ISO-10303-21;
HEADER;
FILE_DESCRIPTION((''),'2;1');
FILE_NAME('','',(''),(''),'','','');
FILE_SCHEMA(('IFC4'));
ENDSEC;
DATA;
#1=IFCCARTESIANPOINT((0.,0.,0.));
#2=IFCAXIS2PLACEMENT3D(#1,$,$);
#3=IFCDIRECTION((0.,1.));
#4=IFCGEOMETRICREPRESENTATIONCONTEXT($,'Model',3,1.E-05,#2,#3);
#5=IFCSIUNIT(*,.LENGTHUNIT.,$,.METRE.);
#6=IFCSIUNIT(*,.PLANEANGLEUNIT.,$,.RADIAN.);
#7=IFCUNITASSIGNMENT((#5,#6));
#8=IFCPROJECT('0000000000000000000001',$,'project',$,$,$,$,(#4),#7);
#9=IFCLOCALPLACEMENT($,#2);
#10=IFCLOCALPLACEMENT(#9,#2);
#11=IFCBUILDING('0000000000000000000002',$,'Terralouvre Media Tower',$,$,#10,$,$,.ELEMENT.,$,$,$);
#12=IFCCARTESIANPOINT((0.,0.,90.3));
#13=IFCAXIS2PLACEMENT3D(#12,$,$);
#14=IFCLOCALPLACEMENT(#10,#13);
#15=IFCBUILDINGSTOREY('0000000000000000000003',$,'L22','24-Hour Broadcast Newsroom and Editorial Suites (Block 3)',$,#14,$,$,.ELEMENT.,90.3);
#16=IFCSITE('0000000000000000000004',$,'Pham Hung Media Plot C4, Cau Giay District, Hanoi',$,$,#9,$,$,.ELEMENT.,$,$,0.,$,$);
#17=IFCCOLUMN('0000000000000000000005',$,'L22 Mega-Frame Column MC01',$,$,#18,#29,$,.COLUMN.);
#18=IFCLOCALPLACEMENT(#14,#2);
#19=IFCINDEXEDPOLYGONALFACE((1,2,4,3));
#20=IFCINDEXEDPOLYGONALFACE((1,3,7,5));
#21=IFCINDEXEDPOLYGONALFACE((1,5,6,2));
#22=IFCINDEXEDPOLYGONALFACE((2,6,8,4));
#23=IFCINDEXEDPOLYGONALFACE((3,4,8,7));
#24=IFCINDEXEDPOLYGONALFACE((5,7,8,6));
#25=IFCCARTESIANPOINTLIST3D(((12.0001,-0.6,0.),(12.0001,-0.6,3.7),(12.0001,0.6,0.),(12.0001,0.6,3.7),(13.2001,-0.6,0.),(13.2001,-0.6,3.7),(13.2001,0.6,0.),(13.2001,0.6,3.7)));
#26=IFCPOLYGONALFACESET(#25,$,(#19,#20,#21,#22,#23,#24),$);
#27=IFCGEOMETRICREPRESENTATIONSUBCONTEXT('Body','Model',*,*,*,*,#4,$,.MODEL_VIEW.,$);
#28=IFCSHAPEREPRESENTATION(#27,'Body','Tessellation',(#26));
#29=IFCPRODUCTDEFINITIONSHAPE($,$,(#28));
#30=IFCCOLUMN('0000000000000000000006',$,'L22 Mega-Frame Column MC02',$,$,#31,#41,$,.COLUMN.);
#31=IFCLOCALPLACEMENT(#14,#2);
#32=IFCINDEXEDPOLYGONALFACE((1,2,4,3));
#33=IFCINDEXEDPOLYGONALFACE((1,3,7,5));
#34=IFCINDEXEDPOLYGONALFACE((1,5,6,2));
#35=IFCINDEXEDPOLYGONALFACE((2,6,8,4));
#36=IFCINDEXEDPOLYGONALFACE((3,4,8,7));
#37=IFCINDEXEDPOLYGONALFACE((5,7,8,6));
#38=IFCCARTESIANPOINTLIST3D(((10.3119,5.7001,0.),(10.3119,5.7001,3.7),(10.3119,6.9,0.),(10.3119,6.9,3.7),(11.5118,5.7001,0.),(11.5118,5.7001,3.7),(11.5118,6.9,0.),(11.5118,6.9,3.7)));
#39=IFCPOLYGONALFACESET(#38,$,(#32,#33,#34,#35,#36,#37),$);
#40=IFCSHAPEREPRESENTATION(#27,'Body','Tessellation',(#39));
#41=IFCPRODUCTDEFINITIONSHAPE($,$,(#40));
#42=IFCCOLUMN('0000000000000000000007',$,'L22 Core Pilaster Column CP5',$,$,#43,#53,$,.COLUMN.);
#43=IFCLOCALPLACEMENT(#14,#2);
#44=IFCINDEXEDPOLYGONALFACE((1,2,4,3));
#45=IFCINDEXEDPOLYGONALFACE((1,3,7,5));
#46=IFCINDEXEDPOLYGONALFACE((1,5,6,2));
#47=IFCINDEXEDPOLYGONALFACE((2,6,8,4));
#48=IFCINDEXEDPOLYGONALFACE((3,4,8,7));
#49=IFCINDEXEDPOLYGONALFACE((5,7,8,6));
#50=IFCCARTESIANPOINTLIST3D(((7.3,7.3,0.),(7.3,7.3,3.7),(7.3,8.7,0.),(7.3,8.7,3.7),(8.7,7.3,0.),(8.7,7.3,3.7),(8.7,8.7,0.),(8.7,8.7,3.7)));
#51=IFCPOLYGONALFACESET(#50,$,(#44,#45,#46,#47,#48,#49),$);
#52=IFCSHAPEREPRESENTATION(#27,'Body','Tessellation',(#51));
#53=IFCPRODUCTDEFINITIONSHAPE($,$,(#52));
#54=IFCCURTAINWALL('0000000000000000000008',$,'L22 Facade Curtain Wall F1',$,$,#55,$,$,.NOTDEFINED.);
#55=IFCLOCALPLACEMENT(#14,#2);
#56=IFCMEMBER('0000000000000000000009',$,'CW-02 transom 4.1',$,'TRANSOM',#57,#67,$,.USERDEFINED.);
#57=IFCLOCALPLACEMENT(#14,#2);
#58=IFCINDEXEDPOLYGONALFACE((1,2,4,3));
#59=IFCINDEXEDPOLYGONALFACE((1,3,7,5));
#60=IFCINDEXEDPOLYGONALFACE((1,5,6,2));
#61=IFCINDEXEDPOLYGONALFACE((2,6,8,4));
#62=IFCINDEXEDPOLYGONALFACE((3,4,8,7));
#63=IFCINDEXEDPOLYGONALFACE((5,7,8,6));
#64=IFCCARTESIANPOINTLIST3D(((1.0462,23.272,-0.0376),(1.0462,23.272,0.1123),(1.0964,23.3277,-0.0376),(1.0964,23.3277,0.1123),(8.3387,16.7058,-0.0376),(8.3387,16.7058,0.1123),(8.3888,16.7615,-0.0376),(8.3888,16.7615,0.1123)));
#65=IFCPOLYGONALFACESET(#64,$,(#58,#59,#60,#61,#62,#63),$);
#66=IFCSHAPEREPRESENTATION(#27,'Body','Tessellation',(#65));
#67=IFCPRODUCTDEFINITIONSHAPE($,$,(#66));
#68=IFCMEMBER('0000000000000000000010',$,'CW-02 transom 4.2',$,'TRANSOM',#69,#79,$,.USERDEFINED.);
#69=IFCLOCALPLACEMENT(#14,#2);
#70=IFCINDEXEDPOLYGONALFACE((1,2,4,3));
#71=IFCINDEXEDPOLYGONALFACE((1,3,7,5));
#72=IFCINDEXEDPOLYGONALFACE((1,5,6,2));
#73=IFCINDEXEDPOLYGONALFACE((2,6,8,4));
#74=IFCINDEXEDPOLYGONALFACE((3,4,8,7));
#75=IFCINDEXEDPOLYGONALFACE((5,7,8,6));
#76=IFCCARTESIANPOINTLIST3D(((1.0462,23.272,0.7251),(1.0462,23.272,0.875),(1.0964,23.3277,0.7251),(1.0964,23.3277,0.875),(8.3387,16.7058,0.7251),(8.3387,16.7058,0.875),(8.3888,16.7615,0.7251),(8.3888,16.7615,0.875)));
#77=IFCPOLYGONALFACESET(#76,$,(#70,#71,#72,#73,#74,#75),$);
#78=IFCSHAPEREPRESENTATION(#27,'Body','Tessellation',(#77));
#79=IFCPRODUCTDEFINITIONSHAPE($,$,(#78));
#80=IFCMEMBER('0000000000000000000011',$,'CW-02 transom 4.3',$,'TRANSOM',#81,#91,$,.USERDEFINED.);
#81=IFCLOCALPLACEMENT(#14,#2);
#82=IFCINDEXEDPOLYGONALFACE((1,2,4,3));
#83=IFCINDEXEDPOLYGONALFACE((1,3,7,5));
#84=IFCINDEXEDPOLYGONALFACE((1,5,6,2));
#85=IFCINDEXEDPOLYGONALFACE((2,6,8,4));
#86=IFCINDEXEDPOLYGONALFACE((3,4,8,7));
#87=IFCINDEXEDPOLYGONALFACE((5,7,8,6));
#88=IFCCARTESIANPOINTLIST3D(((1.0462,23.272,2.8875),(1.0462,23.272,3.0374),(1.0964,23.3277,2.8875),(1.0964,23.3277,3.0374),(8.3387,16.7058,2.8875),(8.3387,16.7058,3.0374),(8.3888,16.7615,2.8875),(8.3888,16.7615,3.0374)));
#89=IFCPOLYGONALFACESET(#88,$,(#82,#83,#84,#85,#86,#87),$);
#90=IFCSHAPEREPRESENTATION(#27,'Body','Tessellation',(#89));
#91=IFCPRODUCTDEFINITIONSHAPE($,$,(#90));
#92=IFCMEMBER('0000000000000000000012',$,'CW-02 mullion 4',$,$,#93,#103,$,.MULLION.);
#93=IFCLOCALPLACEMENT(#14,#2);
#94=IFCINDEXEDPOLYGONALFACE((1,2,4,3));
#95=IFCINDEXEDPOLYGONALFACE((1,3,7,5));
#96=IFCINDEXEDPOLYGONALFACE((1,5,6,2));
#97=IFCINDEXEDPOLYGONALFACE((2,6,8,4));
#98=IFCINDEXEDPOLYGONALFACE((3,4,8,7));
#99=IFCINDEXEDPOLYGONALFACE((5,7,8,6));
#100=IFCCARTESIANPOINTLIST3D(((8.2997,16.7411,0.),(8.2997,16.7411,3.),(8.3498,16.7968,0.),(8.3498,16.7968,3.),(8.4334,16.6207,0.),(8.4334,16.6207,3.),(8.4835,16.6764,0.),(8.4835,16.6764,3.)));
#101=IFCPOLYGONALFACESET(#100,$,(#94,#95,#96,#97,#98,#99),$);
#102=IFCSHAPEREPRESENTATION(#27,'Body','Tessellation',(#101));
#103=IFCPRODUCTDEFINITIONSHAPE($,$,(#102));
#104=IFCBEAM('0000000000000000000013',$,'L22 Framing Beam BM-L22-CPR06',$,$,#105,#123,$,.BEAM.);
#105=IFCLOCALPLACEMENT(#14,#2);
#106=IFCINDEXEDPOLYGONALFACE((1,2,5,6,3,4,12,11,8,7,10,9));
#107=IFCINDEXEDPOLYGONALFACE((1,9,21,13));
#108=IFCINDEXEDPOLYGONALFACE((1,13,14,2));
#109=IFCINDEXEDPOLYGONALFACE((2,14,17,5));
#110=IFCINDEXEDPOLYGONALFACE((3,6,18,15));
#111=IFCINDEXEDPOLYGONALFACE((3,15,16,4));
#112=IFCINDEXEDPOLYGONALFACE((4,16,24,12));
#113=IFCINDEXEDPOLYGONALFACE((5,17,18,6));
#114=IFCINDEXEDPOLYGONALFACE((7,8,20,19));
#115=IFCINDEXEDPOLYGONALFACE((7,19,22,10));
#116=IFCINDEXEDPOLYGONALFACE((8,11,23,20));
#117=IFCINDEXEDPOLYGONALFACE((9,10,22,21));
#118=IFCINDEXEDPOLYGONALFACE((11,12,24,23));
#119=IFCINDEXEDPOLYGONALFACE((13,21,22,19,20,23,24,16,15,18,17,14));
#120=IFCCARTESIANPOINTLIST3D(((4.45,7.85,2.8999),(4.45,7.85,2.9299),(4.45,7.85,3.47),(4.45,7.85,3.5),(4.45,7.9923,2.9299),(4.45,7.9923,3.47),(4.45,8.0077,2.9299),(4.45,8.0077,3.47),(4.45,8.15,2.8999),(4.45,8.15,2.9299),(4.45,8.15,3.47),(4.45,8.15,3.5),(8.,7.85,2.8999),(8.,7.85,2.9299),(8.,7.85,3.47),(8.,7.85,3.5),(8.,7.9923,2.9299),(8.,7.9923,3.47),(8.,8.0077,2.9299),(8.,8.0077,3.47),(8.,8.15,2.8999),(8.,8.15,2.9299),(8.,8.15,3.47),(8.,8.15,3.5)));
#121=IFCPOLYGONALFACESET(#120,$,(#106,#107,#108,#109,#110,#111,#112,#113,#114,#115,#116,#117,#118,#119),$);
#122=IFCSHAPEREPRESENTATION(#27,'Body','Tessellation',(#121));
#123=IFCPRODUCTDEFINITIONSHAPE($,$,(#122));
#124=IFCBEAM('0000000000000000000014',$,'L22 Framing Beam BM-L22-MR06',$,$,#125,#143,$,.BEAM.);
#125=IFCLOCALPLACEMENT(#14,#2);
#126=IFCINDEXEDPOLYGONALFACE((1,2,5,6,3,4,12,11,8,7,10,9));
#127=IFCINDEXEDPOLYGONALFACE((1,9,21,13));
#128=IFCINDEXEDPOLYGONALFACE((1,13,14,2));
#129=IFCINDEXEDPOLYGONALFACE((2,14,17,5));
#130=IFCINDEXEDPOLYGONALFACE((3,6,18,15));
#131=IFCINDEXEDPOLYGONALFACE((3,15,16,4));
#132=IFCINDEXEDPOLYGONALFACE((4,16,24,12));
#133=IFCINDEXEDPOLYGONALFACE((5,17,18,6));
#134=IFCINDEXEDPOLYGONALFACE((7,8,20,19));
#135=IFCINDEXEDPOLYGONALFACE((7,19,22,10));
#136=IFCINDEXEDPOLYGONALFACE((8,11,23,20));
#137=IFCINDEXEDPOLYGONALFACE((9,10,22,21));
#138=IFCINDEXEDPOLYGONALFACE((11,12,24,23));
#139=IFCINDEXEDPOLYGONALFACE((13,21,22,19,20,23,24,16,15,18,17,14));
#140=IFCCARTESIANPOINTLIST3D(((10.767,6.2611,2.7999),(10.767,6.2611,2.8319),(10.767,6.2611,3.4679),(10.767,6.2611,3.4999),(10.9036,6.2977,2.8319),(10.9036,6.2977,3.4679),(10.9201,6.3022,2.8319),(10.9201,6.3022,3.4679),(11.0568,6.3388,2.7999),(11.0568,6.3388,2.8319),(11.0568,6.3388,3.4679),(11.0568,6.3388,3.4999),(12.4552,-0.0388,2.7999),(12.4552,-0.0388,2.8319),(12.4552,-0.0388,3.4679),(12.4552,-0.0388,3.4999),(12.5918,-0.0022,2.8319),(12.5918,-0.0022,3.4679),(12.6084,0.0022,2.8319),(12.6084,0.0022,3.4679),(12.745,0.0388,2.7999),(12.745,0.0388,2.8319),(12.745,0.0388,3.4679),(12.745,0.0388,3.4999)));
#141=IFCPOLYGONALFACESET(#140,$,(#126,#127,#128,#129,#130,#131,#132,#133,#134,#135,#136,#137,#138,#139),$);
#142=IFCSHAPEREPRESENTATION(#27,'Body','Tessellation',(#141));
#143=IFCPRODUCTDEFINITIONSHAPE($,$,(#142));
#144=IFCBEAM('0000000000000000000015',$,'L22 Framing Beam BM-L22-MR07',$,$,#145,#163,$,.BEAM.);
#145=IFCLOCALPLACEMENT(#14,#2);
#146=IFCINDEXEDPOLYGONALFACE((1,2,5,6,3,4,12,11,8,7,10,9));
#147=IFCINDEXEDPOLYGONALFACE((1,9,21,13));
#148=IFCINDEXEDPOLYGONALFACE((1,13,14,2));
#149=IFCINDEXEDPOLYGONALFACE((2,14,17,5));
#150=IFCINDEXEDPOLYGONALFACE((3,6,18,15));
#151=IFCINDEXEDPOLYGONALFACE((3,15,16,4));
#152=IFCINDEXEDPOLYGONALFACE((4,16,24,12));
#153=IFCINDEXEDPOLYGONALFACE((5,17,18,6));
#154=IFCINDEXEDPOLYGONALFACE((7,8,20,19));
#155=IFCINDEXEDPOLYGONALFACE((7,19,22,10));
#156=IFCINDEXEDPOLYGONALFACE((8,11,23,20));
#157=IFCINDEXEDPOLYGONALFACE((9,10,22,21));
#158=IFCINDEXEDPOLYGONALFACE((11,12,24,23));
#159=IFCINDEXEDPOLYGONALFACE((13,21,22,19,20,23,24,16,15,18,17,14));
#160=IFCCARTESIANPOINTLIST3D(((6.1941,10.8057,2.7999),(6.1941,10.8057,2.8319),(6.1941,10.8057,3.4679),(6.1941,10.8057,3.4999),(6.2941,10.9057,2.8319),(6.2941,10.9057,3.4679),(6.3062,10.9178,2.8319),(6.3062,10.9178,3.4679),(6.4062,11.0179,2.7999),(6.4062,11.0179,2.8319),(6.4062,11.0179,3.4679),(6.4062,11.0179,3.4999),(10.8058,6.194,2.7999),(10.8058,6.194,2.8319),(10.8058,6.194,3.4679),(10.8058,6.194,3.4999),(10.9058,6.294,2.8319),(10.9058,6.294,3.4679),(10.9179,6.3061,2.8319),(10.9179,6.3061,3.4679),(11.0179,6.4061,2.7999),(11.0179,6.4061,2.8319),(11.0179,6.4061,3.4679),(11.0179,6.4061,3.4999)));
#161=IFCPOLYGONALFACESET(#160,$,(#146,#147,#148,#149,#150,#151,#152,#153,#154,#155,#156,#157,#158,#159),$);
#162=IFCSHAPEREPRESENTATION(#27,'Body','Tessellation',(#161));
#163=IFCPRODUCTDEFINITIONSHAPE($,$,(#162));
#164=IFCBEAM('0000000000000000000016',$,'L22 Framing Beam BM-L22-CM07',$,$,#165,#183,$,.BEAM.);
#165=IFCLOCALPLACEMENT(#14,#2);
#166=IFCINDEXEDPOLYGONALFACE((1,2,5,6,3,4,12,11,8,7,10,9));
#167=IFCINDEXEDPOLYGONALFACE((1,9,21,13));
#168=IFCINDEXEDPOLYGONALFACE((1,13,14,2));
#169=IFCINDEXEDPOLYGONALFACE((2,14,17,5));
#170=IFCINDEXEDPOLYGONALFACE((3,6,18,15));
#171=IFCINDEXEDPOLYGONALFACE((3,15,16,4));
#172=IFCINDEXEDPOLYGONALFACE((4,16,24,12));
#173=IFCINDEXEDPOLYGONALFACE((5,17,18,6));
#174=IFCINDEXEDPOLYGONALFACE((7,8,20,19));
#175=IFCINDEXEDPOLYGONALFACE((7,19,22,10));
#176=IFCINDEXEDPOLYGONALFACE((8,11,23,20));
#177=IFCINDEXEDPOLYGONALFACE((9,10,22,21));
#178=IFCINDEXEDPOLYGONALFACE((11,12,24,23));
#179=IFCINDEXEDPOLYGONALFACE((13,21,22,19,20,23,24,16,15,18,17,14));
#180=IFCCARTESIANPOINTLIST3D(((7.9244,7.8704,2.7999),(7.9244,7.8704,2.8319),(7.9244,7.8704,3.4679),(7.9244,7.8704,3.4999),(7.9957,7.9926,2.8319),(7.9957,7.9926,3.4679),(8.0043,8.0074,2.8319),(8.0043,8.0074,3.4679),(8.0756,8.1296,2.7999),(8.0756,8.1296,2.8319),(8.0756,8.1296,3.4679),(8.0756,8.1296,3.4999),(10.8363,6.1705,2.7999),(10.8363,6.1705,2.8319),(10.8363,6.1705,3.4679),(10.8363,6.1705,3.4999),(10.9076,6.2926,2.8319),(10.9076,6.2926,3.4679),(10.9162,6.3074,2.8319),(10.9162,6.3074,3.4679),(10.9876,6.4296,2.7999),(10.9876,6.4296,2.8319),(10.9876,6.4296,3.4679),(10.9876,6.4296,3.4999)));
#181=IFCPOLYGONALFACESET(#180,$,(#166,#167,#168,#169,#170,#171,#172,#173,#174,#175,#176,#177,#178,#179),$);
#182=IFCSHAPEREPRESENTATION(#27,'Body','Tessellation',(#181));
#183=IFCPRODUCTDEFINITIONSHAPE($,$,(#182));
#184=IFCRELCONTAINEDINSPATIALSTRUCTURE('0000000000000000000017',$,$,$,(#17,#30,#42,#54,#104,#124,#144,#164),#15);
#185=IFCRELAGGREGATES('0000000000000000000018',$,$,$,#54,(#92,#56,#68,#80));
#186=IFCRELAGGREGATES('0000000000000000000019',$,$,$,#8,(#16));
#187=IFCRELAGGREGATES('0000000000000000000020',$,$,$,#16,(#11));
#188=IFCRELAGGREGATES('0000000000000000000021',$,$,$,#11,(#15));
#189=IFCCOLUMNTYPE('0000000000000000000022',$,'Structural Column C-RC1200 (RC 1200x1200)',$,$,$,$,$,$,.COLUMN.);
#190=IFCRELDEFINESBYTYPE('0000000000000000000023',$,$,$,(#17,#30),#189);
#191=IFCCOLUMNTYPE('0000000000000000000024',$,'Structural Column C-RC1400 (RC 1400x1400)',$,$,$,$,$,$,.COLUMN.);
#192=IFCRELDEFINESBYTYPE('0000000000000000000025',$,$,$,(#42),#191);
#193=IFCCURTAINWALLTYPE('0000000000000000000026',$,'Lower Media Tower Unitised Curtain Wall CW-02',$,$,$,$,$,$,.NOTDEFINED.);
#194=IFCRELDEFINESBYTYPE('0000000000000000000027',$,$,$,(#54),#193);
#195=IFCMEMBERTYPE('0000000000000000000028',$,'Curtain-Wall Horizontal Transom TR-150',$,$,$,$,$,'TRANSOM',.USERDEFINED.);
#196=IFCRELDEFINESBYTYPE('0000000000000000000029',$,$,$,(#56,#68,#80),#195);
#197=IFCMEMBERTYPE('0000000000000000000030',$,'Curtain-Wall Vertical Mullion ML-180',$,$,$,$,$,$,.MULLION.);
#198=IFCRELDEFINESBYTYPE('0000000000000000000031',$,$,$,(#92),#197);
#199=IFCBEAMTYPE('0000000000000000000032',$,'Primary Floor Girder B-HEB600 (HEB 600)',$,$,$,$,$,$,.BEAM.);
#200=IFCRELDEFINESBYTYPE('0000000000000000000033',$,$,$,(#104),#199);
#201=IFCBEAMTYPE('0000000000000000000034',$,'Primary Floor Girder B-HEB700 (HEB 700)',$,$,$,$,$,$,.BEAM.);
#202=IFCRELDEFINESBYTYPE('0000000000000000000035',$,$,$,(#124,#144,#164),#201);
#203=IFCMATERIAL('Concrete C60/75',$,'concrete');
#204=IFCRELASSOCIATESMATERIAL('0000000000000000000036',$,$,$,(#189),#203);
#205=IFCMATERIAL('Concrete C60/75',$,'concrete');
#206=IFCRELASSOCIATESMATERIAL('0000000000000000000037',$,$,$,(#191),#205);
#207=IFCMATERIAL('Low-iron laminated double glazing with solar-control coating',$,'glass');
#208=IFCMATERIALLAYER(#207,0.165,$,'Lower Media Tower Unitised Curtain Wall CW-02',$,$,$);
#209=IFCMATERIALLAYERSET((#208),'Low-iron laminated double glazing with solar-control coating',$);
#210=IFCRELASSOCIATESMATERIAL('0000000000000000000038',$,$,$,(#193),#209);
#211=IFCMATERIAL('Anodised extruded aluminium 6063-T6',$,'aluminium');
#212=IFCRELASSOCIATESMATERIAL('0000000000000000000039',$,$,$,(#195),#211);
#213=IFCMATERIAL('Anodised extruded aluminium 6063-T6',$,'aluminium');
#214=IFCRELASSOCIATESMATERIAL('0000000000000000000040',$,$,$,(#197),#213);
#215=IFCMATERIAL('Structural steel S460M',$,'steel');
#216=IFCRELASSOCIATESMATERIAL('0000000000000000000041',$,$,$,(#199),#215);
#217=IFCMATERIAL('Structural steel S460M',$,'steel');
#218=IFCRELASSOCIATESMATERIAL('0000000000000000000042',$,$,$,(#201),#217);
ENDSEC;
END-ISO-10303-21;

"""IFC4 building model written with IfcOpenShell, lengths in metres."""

from ifc_helpers import new_model, si_unit, direction, frame, origin, origin_2d, place, context, subcontext, project, spatial, rectangle, i_section, extrude, material, layer, layer_set, material_profile, profile_set, type_object, element, aggregate, save


model = new_model("IFC4")

# Units and contexts
model_context = context("Model", 3, precision=1e-05, world=origin(), true_north=direction((0.0, 1.0)))
body_context = subcontext(model_context, "Body", "Model", "MODEL_VIEW")
ifc_project = project(units=[si_unit("LENGTHUNIT", "METRE"), si_unit("PLANEANGLEUNIT", "RADIAN")], contexts=[model_context])

# Site, building, storey
site_placement = place(None, origin())
site = spatial("IfcSite", under=ifc_project, at=site_placement, Name="Pham Hung Media Plot C4, Cau Giay District, Hanoi", CompositionType="ELEMENT", RefElevation=0.0)
building_placement = place(site_placement, origin())
building = spatial("IfcBuilding", under=site, at=building_placement, Name="Terralouvre Media Tower", CompositionType="ELEMENT")
storey_placement = place(building_placement, frame((0.0, 0.0, 90.3)))
storey = spatial("IfcBuildingStorey", under=building, at=storey_placement, Name="L22", Description="24-Hour Broadcast Newsroom and Editorial Suites (Block 3)", CompositionType="ELEMENT", Elevation=90.3)

# Columns
ifc_material_1 = material(Name="Concrete C60/75", Category="concrete")
ifc_material_profile_1 = material_profile(ifc_material_1, rectangle(XDim=1.2, YDim=1.2, at=origin_2d()), Name="RC 1200x1200")
ifc_profile_set_1 = profile_set([ifc_material_profile_1], Name="Concrete C60/75")
column_type_1 = type_object("IfcColumnType", Name="Structural Column C-RC1200 (RC 1200x1200)", PredefinedType="COLUMN", material=ifc_profile_set_1)
for number, where, z_axis, x_axis, name in (
    (1, (12.6001, 0.0, 0.0), (0.0, 0.0, 1.0), (1.0, 0.0, 0.0), "L22 Mega-Frame Column MC01"),
    (2, (10.9119, 6.3, 0.0), (0.0, 0.0, 1.0), (1.0, 0.0, 0.0), "L22 Mega-Frame Column MC02"),
):
    element("IfcColumn", number, at=place(storey_placement, frame(where, z_axis=z_axis, x_axis=x_axis)), inside=storey, type_object=column_type_1, Name=name, PredefinedType="COLUMN", context=body_context, shape_type="SweptSolid", body=[
        extrude(rectangle(XDim=1.2, YDim=1.2, at=origin_2d()), origin(), (0.0, 0.0, 1.0), 3.7),
    ])
ifc_material_2 = material(Name="Concrete C60/75", Category="concrete")
ifc_material_profile_2 = material_profile(ifc_material_2, rectangle(XDim=1.3999, YDim=1.3999, at=origin_2d()), Name="RC 1400x1400")
ifc_profile_set_2 = profile_set([ifc_material_profile_2], Name="Concrete C60/75")
column_type_2 = type_object("IfcColumnType", Name="Structural Column C-RC1400 (RC 1400x1400)", PredefinedType="COLUMN", material=ifc_profile_set_2)
column_placement = place(storey_placement, frame((8.0, 8.0, 0.0), z_axis=(0.0, 0.0, 1.0), x_axis=(1.0, 0.0, 0.0)))
element("IfcColumn", 3, at=column_placement, inside=storey, type_object=column_type_2, Name="L22 Core Pilaster Column CP5", PredefinedType="COLUMN", context=body_context, shape_type="SweptSolid", body=[
    extrude(rectangle(XDim=1.3999, YDim=1.3999, at=origin_2d()), origin(), (0.0, 0.0, 1.0), 3.7),
])

# Curtain wall, members
ifc_material_3 = material(Name="Low-iron laminated double glazing with solar-control coating", Category="glass")
ifc_layer_1 = layer(ifc_material_3, 0.165, Name="Lower Media Tower Unitised Curtain Wall CW-02")
ifc_layer_set_1 = layer_set([ifc_layer_1], Name="Low-iron laminated double glazing with solar-control coating")
curtain_wall_type = type_object("IfcCurtainWallType", Name="Lower Media Tower Unitised Curtain Wall CW-02", PredefinedType="NOTDEFINED", material=ifc_layer_set_1)
curtain_wall_placement = place(storey_placement, origin())
curtain_wall = element("IfcCurtainWall", 4, at=curtain_wall_placement, inside=storey, type_object=curtain_wall_type, Name="L22 Facade Curtain Wall F1", PredefinedType="NOTDEFINED")
ifc_material_4 = material(Name="Anodised extruded aluminium 6063-T6", Category="aluminium")
ifc_material_profile_3 = material_profile(ifc_material_4, rectangle(XDim=0.075, YDim=0.1499, at=origin_2d()), Name="ALU 75x150")
ifc_profile_set_3 = profile_set([ifc_material_profile_3], Name="Anodised extruded aluminium 6063-T6")
member_type_1 = type_object("IfcMemberType", Name="Curtain-Wall Horizontal Transom TR-150", ElementType="TRANSOM", PredefinedType="USERDEFINED", material=ifc_profile_set_3)
member_1_placement = place(storey_placement, frame((8.3638, 16.7336, 0.0374), z_axis=(-0.743146, 0.66913, 0.0), x_axis=(-0.66913, -0.743146, 0.0)))
member_1 = element("IfcMember", 5, at=member_1_placement, type_object=member_type_1, Name="CW-02 transom 4.1", ObjectType="TRANSOM", PredefinedType="USERDEFINED", context=body_context, shape_type="SweptSolid", body=[
    extrude(rectangle(XDim=0.075, YDim=0.1499, at=origin_2d()), origin(), (0.0, 0.0, 1.0), 9.813),
])
member_2_placement = place(storey_placement, frame((8.3638, 16.7336, 0.8), z_axis=(-0.743146, 0.66913, 0.0), x_axis=(-0.66913, -0.743146, 0.0)))
member_2 = element("IfcMember", 6, at=member_2_placement, type_object=member_type_1, Name="CW-02 transom 4.2", ObjectType="TRANSOM", PredefinedType="USERDEFINED", context=body_context, shape_type="SweptSolid", body=[
    extrude(rectangle(XDim=0.075, YDim=0.1499, at=origin_2d()), origin(), (0.0, 0.0, 1.0), 9.813),
])
member_3_placement = place(storey_placement, frame((8.3638, 16.7336, 2.9624), z_axis=(-0.743146, 0.66913, 0.0), x_axis=(-0.66913, -0.743146, 0.0)))
member_3 = element("IfcMember", 7, at=member_3_placement, type_object=member_type_1, Name="CW-02 transom 4.3", ObjectType="TRANSOM", PredefinedType="USERDEFINED", context=body_context, shape_type="SweptSolid", body=[
    extrude(rectangle(XDim=0.075, YDim=0.1499, at=origin_2d()), origin(), (0.0, 0.0, 1.0), 9.813),
])
ifc_material_5 = material(Name="Anodised extruded aluminium 6063-T6", Category="aluminium")
ifc_material_profile_4 = material_profile(ifc_material_5, rectangle(XDim=0.075, YDim=0.1799, at=origin_2d()), Name="ALU 75x180")
ifc_profile_set_4 = profile_set([ifc_material_profile_4], Name="Anodised extruded aluminium 6063-T6")
member_type_2 = type_object("IfcMemberType", Name="Curtain-Wall Vertical Mullion ML-180", PredefinedType="MULLION", material=ifc_profile_set_4)
member_4_placement = place(storey_placement, frame((8.3916, 16.7087, 0.0), z_axis=(0.0, 0.0, 1.0), x_axis=(-0.669131, -0.743145, 0.0)))
member_4 = element("IfcMember", 8, at=member_4_placement, type_object=member_type_2, Name="CW-02 mullion 4", PredefinedType="MULLION", context=body_context, shape_type="SweptSolid", body=[
    extrude(rectangle(XDim=0.075, YDim=0.1799, at=origin_2d()), origin(), (0.0, 0.0, 1.0), 3.0),
])

# Beams
ifc_material_6 = material(Name="Structural steel S460M", Category="steel")
ifc_material_profile_5 = material_profile(ifc_material_6, i_section(OverallWidth=0.3, OverallDepth=0.6001, WebThickness=0.0154, FlangeThickness=0.03, at=origin_2d()), Name="HEB 600")
ifc_profile_set_5 = profile_set([ifc_material_profile_5], Name="Structural steel S460M")
beam_type_1 = type_object("IfcBeamType", Name="Primary Floor Girder B-HEB600 (HEB 600)", PredefinedType="BEAM", material=ifc_profile_set_5)
beam_1_placement = place(storey_placement, frame((8.0, 8.0, 3.2), z_axis=(-1.0, 0.0, 0.0), x_axis=(0.0, -1.0, 0.0)))
element("IfcBeam", 9, at=beam_1_placement, inside=storey, type_object=beam_type_1, Name="L22 Framing Beam BM-L22-CPR06", PredefinedType="BEAM", context=body_context, shape_type="SweptSolid", body=[
    extrude(i_section(OverallWidth=0.3, OverallDepth=0.6001, WebThickness=0.0154, FlangeThickness=0.03, at=origin_2d()), origin(), (0.0, 0.0, 1.0), 3.55),
])
ifc_material_7 = material(Name="Structural steel S460M", Category="steel")
ifc_material_profile_6 = material_profile(ifc_material_7, i_section(OverallWidth=0.3, OverallDepth=0.7, WebThickness=0.0171, FlangeThickness=0.032, at=origin_2d()), Name="HEB 700")
ifc_profile_set_6 = profile_set([ifc_material_profile_6], Name="Structural steel S460M")
beam_type_2 = type_object("IfcBeamType", Name="Primary Floor Girder B-HEB700 (HEB 700)", PredefinedType="BEAM", material=ifc_profile_set_6)
beam_2_placement = place(storey_placement, frame((12.6001, 0.0, 3.1499), z_axis=(-0.258839, 0.96592, 0.0), x_axis=(-0.96592, -0.258839, 0.0)))
element("IfcBeam", 10, at=beam_2_placement, inside=storey, type_object=beam_type_2, Name="L22 Framing Beam BM-L22-MR06", PredefinedType="BEAM", context=body_context, shape_type="SweptSolid", body=[
    extrude(i_section(OverallWidth=0.3, OverallDepth=0.7, WebThickness=0.0171, FlangeThickness=0.032, at=origin_2d()), origin(), (0.0, 0.0, 1.0), 6.5222),
])
beam_3_placement = place(storey_placement, frame((10.9119, 6.3, 3.1499), z_axis=(-0.707107, 0.707107, 0.0), x_axis=(-0.707107, -0.707107, 0.0)))
element("IfcBeam", 11, at=beam_3_placement, inside=storey, type_object=beam_type_2, Name="L22 Framing Beam BM-L22-MR07", PredefinedType="BEAM", context=body_context, shape_type="SweptSolid", body=[
    extrude(i_section(OverallWidth=0.3, OverallDepth=0.7, WebThickness=0.0171, FlangeThickness=0.032, at=origin_2d()), origin(), (0.0, 0.0, 1.0), 6.522),
])
for number, where, z_axis, x_axis, name in (
    (12, (8.0, 8.0, 3.1499), (0.863603, -0.504173, 0.0), (0.504173, 0.863603, 0.0), "L22 Framing Beam BM-L22-CM07"),
):
    element("IfcBeam", number, at=place(storey_placement, frame(where, z_axis=z_axis, x_axis=x_axis)), inside=storey, type_object=beam_type_2, Name=name, PredefinedType="BEAM", context=body_context, shape_type="SweptSolid", body=[
        extrude(i_section(OverallWidth=0.3, OverallDepth=0.7, WebThickness=0.0171, FlangeThickness=0.032, at=origin_2d()), origin(), (0.0, 0.0, 1.0), 3.3718),
    ])

aggregate(curtain_wall, [member_4, member_1, member_2, member_3])

save(model, "model.ifc")
